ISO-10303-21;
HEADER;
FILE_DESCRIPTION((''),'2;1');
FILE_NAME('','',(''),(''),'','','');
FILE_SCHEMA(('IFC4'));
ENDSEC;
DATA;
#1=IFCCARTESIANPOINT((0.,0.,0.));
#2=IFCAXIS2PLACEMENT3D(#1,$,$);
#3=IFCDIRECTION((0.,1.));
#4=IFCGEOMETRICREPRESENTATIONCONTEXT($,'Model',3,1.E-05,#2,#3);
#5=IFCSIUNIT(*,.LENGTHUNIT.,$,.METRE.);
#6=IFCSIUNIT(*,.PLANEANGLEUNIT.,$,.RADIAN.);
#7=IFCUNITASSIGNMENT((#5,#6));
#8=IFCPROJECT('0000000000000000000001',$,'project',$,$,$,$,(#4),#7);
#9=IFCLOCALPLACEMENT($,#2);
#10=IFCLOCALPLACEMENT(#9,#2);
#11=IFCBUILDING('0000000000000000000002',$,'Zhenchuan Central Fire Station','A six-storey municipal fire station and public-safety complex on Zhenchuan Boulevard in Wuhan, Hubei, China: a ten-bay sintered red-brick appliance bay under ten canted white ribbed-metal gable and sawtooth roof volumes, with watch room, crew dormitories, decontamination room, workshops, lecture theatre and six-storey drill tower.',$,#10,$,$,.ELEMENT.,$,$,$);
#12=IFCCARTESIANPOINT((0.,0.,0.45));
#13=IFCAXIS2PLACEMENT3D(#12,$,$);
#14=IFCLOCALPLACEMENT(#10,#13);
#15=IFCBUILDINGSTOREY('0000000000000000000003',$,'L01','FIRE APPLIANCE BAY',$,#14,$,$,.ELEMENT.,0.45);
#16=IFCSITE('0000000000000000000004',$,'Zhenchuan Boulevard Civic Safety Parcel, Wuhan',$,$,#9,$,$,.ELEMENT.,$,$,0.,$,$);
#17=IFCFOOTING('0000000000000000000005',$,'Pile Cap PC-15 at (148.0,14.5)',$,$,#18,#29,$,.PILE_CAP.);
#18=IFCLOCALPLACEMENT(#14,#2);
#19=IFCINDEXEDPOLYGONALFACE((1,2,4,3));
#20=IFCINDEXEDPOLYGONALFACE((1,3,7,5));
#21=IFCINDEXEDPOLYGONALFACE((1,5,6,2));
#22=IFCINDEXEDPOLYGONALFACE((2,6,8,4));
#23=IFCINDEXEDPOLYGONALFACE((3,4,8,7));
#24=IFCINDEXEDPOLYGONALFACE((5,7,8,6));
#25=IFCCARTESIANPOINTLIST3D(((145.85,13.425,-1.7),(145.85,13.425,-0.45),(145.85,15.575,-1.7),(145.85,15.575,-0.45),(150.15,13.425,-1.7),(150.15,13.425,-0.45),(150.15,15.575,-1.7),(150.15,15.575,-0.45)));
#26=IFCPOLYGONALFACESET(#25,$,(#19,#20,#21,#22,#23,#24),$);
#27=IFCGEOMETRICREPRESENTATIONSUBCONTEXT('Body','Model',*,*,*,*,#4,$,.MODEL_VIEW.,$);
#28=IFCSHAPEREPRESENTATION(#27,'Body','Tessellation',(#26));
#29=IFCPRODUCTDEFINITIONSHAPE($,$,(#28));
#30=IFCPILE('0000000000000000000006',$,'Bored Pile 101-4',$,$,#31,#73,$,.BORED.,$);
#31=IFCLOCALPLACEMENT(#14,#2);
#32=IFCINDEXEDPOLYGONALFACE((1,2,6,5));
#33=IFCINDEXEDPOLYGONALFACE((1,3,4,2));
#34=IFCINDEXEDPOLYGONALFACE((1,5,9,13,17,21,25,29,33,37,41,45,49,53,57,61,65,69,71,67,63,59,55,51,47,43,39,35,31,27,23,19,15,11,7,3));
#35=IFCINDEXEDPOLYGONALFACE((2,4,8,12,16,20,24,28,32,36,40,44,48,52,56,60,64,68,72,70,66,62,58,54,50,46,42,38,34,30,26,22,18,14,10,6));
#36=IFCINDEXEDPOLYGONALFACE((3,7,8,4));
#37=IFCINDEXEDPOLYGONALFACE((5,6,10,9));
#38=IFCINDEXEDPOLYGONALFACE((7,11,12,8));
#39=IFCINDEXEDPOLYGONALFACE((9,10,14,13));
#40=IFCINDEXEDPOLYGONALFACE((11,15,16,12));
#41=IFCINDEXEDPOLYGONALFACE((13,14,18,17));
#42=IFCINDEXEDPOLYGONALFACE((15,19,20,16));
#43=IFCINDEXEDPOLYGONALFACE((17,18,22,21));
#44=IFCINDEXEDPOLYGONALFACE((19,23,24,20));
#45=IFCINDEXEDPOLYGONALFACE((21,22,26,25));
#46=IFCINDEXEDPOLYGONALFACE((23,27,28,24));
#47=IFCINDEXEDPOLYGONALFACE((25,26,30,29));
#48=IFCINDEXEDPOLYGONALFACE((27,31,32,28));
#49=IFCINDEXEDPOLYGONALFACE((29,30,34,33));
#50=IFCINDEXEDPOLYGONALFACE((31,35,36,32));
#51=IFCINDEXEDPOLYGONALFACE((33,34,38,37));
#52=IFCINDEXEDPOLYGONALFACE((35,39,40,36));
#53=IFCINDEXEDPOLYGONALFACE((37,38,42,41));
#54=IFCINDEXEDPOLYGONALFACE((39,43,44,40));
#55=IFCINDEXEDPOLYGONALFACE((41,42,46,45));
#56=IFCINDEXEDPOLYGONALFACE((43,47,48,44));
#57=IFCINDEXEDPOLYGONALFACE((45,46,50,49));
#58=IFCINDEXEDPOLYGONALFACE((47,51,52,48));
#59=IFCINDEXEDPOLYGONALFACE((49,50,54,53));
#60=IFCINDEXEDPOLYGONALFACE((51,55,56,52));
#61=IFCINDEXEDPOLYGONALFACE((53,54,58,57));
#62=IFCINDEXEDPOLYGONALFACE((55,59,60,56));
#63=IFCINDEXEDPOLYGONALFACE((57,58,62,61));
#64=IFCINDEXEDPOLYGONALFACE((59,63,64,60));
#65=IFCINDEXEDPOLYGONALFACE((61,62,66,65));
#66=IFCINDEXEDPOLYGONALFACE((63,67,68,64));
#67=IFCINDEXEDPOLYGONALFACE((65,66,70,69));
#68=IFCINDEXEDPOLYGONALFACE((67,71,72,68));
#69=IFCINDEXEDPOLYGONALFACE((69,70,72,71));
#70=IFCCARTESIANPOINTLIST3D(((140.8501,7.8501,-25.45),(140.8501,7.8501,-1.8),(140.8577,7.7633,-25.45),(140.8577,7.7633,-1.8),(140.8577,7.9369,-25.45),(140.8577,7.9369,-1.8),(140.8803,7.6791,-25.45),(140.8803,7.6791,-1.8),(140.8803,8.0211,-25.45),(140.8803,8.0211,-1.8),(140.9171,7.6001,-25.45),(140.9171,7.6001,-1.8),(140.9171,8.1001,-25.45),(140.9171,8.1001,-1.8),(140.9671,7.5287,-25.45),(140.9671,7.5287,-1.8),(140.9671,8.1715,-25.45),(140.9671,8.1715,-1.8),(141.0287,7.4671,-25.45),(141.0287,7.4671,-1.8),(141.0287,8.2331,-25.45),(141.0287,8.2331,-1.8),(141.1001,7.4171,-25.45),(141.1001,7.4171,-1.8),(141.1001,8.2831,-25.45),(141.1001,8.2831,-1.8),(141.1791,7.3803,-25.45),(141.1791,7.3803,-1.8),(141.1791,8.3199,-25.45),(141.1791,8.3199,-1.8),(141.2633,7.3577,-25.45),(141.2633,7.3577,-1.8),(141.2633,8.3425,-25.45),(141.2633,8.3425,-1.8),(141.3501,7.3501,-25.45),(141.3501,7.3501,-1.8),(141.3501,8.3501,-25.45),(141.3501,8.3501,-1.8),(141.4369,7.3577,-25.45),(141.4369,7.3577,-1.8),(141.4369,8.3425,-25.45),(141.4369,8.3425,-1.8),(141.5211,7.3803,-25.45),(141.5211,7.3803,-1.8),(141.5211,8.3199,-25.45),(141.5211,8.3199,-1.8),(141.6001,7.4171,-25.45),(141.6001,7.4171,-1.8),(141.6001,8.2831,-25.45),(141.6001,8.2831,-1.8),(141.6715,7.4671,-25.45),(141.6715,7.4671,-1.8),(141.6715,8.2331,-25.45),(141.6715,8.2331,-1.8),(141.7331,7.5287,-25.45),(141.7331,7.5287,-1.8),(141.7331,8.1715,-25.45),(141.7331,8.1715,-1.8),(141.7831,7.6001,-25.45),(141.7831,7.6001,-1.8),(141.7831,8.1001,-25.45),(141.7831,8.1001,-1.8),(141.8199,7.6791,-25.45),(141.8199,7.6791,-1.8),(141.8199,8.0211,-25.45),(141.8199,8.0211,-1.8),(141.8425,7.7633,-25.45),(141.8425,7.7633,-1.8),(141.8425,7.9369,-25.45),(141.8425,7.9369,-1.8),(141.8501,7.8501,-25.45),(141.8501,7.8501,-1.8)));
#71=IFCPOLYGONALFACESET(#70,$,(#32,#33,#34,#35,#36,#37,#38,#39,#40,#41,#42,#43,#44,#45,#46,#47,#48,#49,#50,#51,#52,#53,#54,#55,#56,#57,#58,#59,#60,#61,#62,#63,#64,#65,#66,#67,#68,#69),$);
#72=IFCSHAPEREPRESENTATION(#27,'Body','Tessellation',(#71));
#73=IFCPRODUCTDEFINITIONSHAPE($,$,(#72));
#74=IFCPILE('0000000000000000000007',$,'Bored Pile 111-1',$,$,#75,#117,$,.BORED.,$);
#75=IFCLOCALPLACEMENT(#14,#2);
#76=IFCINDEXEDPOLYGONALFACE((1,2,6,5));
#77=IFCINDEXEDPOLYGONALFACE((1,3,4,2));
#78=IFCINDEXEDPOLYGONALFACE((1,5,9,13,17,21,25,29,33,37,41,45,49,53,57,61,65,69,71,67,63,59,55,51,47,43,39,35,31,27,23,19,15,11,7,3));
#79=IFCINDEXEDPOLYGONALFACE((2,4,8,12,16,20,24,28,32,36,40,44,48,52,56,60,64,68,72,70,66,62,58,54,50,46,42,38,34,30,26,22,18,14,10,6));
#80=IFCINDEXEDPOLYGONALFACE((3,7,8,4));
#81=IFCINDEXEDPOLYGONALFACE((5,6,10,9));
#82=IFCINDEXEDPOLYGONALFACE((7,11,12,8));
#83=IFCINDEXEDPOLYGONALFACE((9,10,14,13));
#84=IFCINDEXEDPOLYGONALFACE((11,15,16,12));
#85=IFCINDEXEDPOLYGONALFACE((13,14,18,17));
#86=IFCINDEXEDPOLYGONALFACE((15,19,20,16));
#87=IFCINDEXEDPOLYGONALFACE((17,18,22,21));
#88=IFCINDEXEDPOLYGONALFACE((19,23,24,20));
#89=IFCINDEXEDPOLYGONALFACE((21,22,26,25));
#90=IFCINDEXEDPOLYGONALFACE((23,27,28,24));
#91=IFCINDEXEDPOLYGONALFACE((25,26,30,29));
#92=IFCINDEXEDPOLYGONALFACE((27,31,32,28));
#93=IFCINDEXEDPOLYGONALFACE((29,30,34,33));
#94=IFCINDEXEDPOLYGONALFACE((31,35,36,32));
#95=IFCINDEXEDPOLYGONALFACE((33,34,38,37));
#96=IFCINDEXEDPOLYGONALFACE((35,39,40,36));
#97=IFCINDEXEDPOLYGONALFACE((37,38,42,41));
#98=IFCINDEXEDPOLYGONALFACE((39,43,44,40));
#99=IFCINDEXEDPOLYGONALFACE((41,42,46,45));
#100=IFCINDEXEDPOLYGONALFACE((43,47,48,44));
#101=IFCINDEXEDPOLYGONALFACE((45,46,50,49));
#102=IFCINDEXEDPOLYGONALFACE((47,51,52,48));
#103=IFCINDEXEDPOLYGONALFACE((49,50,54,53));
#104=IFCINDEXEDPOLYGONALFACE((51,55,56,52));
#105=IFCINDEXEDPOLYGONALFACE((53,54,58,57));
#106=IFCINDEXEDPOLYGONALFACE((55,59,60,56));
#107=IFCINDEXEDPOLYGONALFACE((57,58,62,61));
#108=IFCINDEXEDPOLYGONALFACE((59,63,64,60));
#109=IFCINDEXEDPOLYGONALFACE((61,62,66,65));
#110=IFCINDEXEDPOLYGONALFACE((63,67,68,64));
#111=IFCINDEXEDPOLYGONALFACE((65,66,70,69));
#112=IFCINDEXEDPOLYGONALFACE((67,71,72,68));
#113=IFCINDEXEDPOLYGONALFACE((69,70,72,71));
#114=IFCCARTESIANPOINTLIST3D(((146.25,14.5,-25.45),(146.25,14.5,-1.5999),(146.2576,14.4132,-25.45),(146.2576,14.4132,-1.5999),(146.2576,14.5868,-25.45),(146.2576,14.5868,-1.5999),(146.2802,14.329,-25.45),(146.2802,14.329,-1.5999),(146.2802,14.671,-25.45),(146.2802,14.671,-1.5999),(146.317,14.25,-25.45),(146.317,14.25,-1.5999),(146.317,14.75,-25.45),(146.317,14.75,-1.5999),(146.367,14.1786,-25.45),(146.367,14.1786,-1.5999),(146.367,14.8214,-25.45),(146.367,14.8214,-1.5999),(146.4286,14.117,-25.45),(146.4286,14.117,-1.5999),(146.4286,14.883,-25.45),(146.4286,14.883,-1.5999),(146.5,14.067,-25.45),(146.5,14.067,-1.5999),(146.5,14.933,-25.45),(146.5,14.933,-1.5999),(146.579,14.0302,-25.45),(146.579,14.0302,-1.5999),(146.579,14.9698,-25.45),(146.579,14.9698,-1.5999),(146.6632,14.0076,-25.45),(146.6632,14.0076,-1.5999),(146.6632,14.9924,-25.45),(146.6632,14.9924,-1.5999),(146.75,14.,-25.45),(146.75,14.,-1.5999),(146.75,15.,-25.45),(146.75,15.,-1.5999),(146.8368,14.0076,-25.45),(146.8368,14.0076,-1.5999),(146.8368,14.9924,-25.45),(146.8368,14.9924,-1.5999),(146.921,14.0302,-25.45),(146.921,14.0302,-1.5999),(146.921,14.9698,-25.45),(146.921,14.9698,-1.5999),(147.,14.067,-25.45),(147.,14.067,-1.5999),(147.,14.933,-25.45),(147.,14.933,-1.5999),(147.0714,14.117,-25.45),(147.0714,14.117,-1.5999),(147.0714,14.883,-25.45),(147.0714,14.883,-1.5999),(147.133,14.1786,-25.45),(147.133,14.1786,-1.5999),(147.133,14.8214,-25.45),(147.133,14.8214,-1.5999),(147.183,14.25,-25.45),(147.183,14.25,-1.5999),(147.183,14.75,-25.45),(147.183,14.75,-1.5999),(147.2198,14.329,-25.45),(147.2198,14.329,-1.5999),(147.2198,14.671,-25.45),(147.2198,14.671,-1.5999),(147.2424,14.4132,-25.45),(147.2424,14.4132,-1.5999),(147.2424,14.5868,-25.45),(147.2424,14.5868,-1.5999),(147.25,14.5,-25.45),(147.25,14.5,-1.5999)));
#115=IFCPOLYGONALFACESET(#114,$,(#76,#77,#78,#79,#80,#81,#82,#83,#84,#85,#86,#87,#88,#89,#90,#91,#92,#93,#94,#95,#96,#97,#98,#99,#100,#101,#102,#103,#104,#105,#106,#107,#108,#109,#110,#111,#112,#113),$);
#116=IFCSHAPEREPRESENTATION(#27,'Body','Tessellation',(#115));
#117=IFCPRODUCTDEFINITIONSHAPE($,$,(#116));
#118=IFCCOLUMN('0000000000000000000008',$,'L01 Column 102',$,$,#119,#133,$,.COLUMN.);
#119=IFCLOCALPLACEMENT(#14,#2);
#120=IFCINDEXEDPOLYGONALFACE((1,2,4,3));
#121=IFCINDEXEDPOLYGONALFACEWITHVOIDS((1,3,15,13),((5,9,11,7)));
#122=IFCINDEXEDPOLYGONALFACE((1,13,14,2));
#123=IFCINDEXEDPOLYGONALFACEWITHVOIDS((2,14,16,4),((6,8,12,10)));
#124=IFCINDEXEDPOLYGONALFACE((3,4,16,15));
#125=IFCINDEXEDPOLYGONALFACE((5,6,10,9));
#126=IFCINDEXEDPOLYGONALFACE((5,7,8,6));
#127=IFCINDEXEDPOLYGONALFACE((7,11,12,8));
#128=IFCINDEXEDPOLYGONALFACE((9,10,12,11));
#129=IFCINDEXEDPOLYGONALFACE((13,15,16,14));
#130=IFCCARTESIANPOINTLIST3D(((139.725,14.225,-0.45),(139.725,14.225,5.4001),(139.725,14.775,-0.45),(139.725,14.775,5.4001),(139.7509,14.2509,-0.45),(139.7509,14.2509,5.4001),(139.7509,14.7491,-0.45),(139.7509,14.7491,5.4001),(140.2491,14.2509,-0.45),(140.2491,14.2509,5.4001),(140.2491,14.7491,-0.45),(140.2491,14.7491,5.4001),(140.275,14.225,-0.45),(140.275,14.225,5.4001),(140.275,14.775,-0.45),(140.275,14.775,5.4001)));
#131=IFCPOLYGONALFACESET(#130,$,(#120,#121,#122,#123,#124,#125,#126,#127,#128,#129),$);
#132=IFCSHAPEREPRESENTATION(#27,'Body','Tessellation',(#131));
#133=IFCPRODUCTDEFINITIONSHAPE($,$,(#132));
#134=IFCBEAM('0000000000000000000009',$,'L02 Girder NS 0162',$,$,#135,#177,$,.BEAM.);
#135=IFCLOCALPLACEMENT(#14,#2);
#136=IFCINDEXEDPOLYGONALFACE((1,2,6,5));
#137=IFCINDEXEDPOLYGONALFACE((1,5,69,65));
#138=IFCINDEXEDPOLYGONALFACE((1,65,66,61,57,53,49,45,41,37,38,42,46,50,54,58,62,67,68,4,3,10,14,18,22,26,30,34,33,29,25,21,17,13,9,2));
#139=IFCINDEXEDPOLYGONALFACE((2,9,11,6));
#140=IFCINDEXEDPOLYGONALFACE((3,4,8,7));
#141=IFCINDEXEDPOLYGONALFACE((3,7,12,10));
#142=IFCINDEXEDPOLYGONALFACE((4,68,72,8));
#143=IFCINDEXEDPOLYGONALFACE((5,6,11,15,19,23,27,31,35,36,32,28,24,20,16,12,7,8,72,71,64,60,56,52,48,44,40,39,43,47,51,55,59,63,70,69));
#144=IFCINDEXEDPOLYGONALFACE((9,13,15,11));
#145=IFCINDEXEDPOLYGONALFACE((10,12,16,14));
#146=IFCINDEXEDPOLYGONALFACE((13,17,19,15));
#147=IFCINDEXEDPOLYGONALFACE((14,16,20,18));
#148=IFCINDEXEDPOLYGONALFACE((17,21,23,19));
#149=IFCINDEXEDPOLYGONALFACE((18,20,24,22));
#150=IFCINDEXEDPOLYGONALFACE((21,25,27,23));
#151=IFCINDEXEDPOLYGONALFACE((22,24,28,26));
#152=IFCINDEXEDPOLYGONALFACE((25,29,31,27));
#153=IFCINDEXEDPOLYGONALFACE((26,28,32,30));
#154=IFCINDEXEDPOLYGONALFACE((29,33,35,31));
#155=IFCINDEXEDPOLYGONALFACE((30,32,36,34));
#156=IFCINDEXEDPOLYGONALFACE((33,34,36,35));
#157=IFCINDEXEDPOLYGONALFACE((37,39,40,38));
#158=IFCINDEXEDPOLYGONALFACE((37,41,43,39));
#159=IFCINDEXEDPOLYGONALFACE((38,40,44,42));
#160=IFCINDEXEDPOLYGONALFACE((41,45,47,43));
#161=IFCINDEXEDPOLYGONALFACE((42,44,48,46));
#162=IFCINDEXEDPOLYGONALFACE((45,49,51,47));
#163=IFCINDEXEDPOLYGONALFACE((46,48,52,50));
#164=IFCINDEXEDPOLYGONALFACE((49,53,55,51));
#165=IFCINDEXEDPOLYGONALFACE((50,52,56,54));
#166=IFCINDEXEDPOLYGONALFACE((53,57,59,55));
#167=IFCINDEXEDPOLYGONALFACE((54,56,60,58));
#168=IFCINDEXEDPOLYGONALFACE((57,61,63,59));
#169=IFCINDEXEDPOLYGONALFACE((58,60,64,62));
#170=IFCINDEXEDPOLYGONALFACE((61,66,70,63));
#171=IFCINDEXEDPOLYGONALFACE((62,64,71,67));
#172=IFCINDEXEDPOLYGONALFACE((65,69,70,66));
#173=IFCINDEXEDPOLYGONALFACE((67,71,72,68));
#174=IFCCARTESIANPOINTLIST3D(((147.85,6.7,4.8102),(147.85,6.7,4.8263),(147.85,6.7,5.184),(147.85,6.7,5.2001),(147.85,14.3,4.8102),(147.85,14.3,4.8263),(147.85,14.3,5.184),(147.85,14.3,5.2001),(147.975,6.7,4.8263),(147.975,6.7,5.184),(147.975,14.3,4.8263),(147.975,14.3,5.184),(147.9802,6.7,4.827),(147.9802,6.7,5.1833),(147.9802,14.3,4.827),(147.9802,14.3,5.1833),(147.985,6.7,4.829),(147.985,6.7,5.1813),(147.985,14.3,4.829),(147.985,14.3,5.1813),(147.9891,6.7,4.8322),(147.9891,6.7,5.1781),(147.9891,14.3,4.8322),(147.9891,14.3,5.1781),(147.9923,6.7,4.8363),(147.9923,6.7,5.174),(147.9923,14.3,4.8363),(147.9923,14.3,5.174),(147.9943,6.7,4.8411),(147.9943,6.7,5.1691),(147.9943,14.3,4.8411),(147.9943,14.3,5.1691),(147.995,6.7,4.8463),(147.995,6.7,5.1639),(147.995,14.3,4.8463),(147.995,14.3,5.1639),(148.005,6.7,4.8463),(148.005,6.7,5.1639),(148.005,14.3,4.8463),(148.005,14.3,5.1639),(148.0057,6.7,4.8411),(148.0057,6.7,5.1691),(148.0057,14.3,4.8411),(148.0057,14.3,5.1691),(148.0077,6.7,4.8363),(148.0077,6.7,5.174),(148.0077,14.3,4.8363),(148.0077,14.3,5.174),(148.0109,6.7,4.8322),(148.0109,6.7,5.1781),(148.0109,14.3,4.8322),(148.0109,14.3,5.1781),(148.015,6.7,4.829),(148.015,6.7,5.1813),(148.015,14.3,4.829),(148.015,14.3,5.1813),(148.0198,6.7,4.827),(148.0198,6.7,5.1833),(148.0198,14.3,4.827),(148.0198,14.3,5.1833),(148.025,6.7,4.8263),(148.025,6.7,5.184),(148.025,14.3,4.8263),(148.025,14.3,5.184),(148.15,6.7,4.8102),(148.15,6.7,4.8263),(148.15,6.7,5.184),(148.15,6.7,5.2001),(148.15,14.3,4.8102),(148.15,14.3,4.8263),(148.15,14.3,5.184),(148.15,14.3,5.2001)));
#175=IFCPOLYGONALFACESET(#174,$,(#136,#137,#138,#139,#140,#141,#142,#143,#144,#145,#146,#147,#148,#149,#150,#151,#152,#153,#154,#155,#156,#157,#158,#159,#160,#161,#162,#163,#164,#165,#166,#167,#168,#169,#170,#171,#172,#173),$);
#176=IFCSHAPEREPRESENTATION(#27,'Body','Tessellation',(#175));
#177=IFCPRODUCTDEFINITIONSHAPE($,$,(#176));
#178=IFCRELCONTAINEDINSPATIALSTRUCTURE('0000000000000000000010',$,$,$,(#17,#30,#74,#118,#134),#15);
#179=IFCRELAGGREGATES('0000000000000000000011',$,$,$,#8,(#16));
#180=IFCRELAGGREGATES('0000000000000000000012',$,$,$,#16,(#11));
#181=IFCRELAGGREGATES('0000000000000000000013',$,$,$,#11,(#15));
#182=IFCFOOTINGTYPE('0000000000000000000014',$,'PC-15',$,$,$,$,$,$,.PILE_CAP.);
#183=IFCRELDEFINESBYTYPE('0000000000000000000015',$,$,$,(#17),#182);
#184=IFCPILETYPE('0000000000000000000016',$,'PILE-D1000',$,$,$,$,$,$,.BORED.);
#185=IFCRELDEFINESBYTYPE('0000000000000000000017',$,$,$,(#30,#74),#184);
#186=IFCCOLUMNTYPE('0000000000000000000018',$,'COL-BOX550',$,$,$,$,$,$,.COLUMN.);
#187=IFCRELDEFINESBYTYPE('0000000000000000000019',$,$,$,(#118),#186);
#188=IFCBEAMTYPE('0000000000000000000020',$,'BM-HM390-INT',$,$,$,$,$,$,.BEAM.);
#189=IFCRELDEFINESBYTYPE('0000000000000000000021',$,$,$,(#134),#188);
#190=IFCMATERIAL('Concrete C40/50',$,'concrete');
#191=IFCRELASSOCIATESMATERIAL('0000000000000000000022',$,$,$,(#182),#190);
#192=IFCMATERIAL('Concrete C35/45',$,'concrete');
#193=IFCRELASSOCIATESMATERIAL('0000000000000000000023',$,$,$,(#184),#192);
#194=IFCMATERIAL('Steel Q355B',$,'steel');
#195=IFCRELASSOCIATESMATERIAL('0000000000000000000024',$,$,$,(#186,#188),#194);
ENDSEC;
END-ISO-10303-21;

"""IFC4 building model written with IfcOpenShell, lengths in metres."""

from ifc_helpers import new_model, si_unit, direction, frame, origin, origin_2d, place, context, subcontext, project, spatial, rectangle, hollow_rectangle, circle, i_section, extrude, material, material_profile, profile_set, type_object, element, save


model = new_model("IFC4")

# Units and contexts
model_context = context("Model", 3, precision=1e-05, world=origin(), true_north=direction((0.0, 1.0)))
body_context = subcontext(model_context, "Body", "Model", "MODEL_VIEW")
ifc_project = project(units=[si_unit("LENGTHUNIT", "METRE"), si_unit("PLANEANGLEUNIT", "RADIAN")], contexts=[model_context])

# Site, building, storey
site_placement = place(None, origin())
site = spatial("IfcSite", under=ifc_project, at=site_placement, Name="Zhenchuan Boulevard Civic Safety Parcel, Wuhan", CompositionType="ELEMENT", RefElevation=0.0)
building_placement = place(site_placement, origin())
building = spatial("IfcBuilding", under=site, at=building_placement, Name="Zhenchuan Central Fire Station", Description="A six-storey municipal fire station and public-safety complex on Zhenchuan Boulevard in Wuhan, Hubei, China: a ten-bay sintered red-brick appliance bay under ten canted white ribbed-metal gable and sawtooth roof volumes, with watch room, crew dormitories, decontamination room, workshops, lecture theatre and six-storey drill tower.", CompositionType="ELEMENT")
storey_placement = place(building_placement, frame((0.0, 0.0, 0.45)))
storey = spatial("IfcBuildingStorey", under=building, at=storey_placement, Name="L01", Description="FIRE APPLIANCE BAY", CompositionType="ELEMENT", Elevation=0.45)

# Footing
ifc_material_1 = material(Name="Concrete C40/50", Category="concrete")
footing_type = type_object("IfcFootingType", Name="PC-15", PredefinedType="PILE_CAP", material=ifc_material_1)
footing_placement = place(storey_placement, frame((148.0, 14.5, -1.7), z_axis=(0.0, 0.0, 1.0), x_axis=(1.0, 0.0, 0.0)))
element("IfcFooting", 1, at=footing_placement, inside=storey, type_object=footing_type, Name="Pile Cap PC-15 at (148.0,14.5)", PredefinedType="PILE_CAP", context=body_context, shape_type="SweptSolid", body=[
    extrude(rectangle(XDim=4.3, YDim=2.1499, at=origin_2d()), origin(), (0.0, 0.0, 1.0), 1.25),
])

# Piles
ifc_material_2 = material(Name="Concrete C35/45", Category="concrete")
ifc_material_profile_1 = material_profile(ifc_material_2, circle(Radius=0.5, at=origin_2d()), Name="PILE D1000")
ifc_profile_set_1 = profile_set([ifc_material_profile_1], Name="Concrete C35/45")
pile_type = type_object("IfcPileType", Name="PILE-D1000", PredefinedType="BORED", material=ifc_profile_set_1)
pile_1_placement = place(storey_placement, frame((141.3501, 7.8501, -1.8), z_axis=(0.0, 0.0, -1.0), x_axis=(1.0, 0.0, 0.0)))
element("IfcPile", 2, at=pile_1_placement, inside=storey, type_object=pile_type, Name="Bored Pile 101-4", PredefinedType="BORED", context=body_context, shape_type="SweptSolid", body=[
    extrude(circle(Radius=0.5, at=origin_2d()), origin(), (0.0, 0.0, 1.0), 23.6499),
])
pile_2_placement = place(storey_placement, frame((146.75, 14.5, -1.5999), z_axis=(0.0, 0.0, -1.0), x_axis=(1.0, 0.0, 0.0)))
element("IfcPile", 3, at=pile_2_placement, inside=storey, type_object=pile_type, Name="Bored Pile 111-1", PredefinedType="BORED", context=body_context, shape_type="SweptSolid", body=[
    extrude(circle(Radius=0.5, at=origin_2d()), origin(), (0.0, 0.0, 1.0), 23.8501),
])

# Column
ifc_material_3 = material(Name="Steel Q355B", Category="steel")
ifc_material_profile_2 = material_profile(ifc_material_3, hollow_rectangle(XDim=0.55, YDim=0.55, WallThickness=0.0259, at=origin_2d()), Name="BOX 550x550x26")
ifc_profile_set_2 = profile_set([ifc_material_profile_2], Name="Steel Q355B")
column_type = type_object("IfcColumnType", Name="COL-BOX550", PredefinedType="COLUMN", material=ifc_profile_set_2)
column_placement = place(storey_placement, frame((140.0, 14.5, -0.45), z_axis=(0.0, 0.0, 1.0), x_axis=(1.0, 0.0, 0.0)))
element("IfcColumn", 4, at=column_placement, inside=storey, type_object=column_type, Name="L01 Column 102", PredefinedType="COLUMN", context=body_context, shape_type="SweptSolid", body=[
    extrude(hollow_rectangle(XDim=0.55, YDim=0.55, WallThickness=0.0259, at=origin_2d()), origin(), (0.0, 0.0, 1.0), 5.8501),
])

# Beam
ifc_material_profile_3 = material_profile(ifc_material_3, i_section(OverallWidth=0.3, OverallDepth=0.3899, WebThickness=0.01, FlangeThickness=0.0161, FilletRadius=0.02, at=origin_2d()), Name="HM 390x300")
ifc_profile_set_3 = profile_set([ifc_material_profile_3], Name="Steel Q355B")
beam_type_1 = type_object("IfcBeamType", Name="BM-HM390-INT", PredefinedType="BEAM", material=ifc_profile_set_3)
beam_1_placement = place(storey_placement, frame((148.0, 6.7, 5.0051), z_axis=(0.0, 1.0, 0.0), x_axis=(-1.0, 0.0, 0.0)))
element("IfcBeam", 5, at=beam_1_placement, inside=storey, type_object=beam_type_1, Name="L02 Girder NS 0162", PredefinedType="BEAM", context=body_context, shape_type="SweptSolid", body=[
    extrude(i_section(OverallWidth=0.3, OverallDepth=0.3899, WebThickness=0.01, FlangeThickness=0.0161, FilletRadius=0.02, at=origin_2d()), origin(), (0.0, 0.0, 1.0), 7.6001),
])

save(model, "model.ifc")
